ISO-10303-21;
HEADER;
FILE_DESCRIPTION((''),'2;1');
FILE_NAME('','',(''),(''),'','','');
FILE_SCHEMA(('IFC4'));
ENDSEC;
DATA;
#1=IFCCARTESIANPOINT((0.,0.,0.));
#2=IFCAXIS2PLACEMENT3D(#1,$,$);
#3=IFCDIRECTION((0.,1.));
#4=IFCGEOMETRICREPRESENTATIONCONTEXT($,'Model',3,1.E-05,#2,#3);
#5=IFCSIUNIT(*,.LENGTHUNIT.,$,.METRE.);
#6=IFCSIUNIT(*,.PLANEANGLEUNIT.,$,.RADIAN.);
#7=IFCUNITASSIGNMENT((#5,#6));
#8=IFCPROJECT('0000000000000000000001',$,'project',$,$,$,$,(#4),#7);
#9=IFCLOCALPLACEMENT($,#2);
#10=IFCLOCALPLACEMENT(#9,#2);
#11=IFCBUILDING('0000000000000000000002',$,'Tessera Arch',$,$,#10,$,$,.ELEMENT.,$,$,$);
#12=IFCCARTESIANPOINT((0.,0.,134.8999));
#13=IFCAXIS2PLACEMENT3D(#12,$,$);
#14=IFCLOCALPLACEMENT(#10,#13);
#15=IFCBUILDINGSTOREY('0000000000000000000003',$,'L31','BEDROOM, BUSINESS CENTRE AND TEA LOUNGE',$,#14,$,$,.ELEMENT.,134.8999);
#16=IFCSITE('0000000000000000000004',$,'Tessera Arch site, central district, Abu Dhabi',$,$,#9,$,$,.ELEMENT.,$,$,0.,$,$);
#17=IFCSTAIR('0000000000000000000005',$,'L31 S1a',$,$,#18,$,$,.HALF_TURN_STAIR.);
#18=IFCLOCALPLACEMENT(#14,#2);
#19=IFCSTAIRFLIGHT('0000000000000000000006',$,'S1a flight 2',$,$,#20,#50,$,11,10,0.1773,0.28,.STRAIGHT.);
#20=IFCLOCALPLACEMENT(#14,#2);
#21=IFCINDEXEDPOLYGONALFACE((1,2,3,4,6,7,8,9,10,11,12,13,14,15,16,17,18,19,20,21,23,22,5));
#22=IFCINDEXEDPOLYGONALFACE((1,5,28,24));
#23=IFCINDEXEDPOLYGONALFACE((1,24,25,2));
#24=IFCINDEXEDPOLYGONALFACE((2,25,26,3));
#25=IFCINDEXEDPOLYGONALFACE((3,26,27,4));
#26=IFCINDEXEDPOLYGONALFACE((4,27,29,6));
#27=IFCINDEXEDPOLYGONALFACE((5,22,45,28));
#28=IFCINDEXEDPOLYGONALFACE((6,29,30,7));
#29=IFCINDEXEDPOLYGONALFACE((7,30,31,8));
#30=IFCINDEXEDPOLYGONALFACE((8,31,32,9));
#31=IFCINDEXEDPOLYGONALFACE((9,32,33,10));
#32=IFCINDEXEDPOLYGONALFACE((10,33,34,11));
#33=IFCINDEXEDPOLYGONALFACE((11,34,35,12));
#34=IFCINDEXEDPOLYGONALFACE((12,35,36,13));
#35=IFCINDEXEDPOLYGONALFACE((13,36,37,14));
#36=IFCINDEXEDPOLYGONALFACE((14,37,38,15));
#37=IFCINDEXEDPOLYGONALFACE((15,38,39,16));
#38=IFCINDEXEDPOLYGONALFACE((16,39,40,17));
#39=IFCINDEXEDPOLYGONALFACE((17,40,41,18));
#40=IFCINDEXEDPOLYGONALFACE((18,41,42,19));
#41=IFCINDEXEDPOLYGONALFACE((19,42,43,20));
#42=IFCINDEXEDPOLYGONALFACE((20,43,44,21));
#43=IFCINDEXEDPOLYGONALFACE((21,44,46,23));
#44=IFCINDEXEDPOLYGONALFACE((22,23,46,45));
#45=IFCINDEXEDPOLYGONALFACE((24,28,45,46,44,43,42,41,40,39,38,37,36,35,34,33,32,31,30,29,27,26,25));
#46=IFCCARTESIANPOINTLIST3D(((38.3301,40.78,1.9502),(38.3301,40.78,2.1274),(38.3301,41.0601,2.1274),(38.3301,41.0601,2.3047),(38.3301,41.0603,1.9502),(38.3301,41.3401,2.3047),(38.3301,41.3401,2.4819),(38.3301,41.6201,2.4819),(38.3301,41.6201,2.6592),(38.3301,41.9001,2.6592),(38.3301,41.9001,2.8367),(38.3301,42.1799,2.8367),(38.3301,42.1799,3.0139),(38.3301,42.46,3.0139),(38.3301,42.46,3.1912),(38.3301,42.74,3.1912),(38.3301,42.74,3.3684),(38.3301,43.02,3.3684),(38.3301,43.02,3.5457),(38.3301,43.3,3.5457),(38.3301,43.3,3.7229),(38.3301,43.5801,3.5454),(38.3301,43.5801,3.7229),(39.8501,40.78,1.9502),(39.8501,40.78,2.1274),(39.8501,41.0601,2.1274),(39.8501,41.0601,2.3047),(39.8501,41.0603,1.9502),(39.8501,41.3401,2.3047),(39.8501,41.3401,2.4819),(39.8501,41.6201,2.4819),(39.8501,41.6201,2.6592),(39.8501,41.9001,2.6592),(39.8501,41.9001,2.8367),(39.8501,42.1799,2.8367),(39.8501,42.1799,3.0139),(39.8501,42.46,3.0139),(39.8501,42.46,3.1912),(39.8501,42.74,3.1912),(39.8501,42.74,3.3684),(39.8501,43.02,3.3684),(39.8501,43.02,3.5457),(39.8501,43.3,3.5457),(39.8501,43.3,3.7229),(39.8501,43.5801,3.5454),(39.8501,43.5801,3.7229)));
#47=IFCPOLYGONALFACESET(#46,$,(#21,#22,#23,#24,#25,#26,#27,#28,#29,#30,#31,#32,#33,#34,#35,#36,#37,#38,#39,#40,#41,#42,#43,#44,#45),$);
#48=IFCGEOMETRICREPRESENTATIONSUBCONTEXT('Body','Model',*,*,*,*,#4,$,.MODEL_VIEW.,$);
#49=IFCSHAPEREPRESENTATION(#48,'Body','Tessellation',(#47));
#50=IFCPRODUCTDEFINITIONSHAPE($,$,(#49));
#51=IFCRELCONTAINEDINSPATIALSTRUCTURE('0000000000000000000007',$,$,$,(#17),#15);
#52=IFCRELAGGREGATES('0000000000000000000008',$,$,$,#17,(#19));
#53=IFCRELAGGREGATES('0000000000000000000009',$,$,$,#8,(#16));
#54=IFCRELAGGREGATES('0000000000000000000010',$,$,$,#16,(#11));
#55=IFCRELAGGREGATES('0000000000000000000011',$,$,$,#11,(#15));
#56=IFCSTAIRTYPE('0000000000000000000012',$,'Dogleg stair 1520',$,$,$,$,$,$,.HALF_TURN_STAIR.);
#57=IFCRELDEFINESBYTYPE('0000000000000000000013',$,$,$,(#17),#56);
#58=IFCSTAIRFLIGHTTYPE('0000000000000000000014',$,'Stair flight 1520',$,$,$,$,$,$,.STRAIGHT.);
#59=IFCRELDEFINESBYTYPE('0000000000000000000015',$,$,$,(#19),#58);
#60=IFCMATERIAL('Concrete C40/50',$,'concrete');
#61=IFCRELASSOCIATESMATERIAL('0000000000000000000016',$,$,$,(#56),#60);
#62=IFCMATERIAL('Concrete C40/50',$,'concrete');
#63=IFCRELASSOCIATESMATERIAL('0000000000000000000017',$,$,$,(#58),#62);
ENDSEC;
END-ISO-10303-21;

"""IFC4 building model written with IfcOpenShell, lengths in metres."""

from ifc_helpers import new_model, si_unit, direction, frame, origin, place, context, subcontext, project, spatial, polyline, outline, extrude, material, type_object, element, aggregate, save


model = new_model("IFC4")

# Units and contexts
model_context = context("Model", 3, precision=1e-05, world=origin(), true_north=direction((0.0, 1.0)))
body_context = subcontext(model_context, "Body", "Model", "MODEL_VIEW")
ifc_project = project(units=[si_unit("LENGTHUNIT", "METRE"), si_unit("PLANEANGLEUNIT", "RADIAN")], contexts=[model_context])

# Site, building, storey
site_placement = place(None, origin())
site = spatial("IfcSite", under=ifc_project, at=site_placement, Name="Tessera Arch site, central district, Abu Dhabi", CompositionType="ELEMENT", RefElevation=0.0)
building_placement = place(site_placement, origin())
building = spatial("IfcBuilding", under=site, at=building_placement, Name="Tessera Arch", CompositionType="ELEMENT")
storey_placement = place(building_placement, frame((0.0, 0.0, 134.8999)))
storey = spatial("IfcBuildingStorey", under=building, at=storey_placement, Name="L31", Description="BEDROOM, BUSINESS CENTRE AND TEA LOUNGE", CompositionType="ELEMENT", Elevation=134.8999)

# Stair, stair flight
ifc_material_1 = material(Name="Concrete C40/50", Category="concrete")
stair_type = type_object("IfcStairType", Name="Dogleg stair 1520", PredefinedType="HALF_TURN_STAIR", material=ifc_material_1)
stair_placement = place(storey_placement, origin())
stair = element("IfcStair", 1, at=stair_placement, inside=storey, type_object=stair_type, Name="L31 S1a", PredefinedType="HALF_TURN_STAIR")
ifc_material_2 = material(Name="Concrete C40/50", Category="concrete")
stair_flight_type = type_object("IfcStairFlightType", Name="Stair flight 1520", PredefinedType="STRAIGHT", material=ifc_material_2)
stair_flight_1_placement = place(storey_placement, frame((39.0901, 40.78, 1.9502), z_axis=(0.0, 0.0, 1.0), x_axis=(0.0, 1.0, 0.0)))
stair_flight_1 = element("IfcStairFlight", 2, at=stair_flight_1_placement, type_object=stair_flight_type, Name="S1a flight 2", NumberOfRisers=11, NumberOfTreads=10, PredefinedType="STRAIGHT", RiserHeight=0.1773, TreadLength=0.28, context=body_context, shape_type="SweptSolid", body=[
    extrude(outline(polyline([(0.0, 0.0), (0.0, 0.1772), (0.28, 0.1772), (0.28, 0.3545), (0.5601, 0.3545), (0.5601, 0.5317), (0.8401, 0.5317), (0.8401, 0.709), (1.1201, 0.709), (1.1201, 0.8865), (1.3999, 0.8865), (1.3999, 1.0637), (1.6799, 1.0637), (1.6799, 1.241), (1.96, 1.241), (1.96, 1.4182), (2.24, 1.4182), (2.24, 1.5955), (2.52, 1.5955), (2.52, 1.7727), (2.8, 1.7727), (2.8, 1.95), (2.8, 1.5952), (0.2803, 0.0), (0.0, 0.0)])), frame((0.0, 0.76, 0.0), z_axis=(0.0, -1.0, 0.0), x_axis=(1.0, 0.0, 0.0)), (0.0, 0.0, 1.0), 1.52),
])
aggregate(stair, [stair_flight_1])

save(model, "model.ifc")
